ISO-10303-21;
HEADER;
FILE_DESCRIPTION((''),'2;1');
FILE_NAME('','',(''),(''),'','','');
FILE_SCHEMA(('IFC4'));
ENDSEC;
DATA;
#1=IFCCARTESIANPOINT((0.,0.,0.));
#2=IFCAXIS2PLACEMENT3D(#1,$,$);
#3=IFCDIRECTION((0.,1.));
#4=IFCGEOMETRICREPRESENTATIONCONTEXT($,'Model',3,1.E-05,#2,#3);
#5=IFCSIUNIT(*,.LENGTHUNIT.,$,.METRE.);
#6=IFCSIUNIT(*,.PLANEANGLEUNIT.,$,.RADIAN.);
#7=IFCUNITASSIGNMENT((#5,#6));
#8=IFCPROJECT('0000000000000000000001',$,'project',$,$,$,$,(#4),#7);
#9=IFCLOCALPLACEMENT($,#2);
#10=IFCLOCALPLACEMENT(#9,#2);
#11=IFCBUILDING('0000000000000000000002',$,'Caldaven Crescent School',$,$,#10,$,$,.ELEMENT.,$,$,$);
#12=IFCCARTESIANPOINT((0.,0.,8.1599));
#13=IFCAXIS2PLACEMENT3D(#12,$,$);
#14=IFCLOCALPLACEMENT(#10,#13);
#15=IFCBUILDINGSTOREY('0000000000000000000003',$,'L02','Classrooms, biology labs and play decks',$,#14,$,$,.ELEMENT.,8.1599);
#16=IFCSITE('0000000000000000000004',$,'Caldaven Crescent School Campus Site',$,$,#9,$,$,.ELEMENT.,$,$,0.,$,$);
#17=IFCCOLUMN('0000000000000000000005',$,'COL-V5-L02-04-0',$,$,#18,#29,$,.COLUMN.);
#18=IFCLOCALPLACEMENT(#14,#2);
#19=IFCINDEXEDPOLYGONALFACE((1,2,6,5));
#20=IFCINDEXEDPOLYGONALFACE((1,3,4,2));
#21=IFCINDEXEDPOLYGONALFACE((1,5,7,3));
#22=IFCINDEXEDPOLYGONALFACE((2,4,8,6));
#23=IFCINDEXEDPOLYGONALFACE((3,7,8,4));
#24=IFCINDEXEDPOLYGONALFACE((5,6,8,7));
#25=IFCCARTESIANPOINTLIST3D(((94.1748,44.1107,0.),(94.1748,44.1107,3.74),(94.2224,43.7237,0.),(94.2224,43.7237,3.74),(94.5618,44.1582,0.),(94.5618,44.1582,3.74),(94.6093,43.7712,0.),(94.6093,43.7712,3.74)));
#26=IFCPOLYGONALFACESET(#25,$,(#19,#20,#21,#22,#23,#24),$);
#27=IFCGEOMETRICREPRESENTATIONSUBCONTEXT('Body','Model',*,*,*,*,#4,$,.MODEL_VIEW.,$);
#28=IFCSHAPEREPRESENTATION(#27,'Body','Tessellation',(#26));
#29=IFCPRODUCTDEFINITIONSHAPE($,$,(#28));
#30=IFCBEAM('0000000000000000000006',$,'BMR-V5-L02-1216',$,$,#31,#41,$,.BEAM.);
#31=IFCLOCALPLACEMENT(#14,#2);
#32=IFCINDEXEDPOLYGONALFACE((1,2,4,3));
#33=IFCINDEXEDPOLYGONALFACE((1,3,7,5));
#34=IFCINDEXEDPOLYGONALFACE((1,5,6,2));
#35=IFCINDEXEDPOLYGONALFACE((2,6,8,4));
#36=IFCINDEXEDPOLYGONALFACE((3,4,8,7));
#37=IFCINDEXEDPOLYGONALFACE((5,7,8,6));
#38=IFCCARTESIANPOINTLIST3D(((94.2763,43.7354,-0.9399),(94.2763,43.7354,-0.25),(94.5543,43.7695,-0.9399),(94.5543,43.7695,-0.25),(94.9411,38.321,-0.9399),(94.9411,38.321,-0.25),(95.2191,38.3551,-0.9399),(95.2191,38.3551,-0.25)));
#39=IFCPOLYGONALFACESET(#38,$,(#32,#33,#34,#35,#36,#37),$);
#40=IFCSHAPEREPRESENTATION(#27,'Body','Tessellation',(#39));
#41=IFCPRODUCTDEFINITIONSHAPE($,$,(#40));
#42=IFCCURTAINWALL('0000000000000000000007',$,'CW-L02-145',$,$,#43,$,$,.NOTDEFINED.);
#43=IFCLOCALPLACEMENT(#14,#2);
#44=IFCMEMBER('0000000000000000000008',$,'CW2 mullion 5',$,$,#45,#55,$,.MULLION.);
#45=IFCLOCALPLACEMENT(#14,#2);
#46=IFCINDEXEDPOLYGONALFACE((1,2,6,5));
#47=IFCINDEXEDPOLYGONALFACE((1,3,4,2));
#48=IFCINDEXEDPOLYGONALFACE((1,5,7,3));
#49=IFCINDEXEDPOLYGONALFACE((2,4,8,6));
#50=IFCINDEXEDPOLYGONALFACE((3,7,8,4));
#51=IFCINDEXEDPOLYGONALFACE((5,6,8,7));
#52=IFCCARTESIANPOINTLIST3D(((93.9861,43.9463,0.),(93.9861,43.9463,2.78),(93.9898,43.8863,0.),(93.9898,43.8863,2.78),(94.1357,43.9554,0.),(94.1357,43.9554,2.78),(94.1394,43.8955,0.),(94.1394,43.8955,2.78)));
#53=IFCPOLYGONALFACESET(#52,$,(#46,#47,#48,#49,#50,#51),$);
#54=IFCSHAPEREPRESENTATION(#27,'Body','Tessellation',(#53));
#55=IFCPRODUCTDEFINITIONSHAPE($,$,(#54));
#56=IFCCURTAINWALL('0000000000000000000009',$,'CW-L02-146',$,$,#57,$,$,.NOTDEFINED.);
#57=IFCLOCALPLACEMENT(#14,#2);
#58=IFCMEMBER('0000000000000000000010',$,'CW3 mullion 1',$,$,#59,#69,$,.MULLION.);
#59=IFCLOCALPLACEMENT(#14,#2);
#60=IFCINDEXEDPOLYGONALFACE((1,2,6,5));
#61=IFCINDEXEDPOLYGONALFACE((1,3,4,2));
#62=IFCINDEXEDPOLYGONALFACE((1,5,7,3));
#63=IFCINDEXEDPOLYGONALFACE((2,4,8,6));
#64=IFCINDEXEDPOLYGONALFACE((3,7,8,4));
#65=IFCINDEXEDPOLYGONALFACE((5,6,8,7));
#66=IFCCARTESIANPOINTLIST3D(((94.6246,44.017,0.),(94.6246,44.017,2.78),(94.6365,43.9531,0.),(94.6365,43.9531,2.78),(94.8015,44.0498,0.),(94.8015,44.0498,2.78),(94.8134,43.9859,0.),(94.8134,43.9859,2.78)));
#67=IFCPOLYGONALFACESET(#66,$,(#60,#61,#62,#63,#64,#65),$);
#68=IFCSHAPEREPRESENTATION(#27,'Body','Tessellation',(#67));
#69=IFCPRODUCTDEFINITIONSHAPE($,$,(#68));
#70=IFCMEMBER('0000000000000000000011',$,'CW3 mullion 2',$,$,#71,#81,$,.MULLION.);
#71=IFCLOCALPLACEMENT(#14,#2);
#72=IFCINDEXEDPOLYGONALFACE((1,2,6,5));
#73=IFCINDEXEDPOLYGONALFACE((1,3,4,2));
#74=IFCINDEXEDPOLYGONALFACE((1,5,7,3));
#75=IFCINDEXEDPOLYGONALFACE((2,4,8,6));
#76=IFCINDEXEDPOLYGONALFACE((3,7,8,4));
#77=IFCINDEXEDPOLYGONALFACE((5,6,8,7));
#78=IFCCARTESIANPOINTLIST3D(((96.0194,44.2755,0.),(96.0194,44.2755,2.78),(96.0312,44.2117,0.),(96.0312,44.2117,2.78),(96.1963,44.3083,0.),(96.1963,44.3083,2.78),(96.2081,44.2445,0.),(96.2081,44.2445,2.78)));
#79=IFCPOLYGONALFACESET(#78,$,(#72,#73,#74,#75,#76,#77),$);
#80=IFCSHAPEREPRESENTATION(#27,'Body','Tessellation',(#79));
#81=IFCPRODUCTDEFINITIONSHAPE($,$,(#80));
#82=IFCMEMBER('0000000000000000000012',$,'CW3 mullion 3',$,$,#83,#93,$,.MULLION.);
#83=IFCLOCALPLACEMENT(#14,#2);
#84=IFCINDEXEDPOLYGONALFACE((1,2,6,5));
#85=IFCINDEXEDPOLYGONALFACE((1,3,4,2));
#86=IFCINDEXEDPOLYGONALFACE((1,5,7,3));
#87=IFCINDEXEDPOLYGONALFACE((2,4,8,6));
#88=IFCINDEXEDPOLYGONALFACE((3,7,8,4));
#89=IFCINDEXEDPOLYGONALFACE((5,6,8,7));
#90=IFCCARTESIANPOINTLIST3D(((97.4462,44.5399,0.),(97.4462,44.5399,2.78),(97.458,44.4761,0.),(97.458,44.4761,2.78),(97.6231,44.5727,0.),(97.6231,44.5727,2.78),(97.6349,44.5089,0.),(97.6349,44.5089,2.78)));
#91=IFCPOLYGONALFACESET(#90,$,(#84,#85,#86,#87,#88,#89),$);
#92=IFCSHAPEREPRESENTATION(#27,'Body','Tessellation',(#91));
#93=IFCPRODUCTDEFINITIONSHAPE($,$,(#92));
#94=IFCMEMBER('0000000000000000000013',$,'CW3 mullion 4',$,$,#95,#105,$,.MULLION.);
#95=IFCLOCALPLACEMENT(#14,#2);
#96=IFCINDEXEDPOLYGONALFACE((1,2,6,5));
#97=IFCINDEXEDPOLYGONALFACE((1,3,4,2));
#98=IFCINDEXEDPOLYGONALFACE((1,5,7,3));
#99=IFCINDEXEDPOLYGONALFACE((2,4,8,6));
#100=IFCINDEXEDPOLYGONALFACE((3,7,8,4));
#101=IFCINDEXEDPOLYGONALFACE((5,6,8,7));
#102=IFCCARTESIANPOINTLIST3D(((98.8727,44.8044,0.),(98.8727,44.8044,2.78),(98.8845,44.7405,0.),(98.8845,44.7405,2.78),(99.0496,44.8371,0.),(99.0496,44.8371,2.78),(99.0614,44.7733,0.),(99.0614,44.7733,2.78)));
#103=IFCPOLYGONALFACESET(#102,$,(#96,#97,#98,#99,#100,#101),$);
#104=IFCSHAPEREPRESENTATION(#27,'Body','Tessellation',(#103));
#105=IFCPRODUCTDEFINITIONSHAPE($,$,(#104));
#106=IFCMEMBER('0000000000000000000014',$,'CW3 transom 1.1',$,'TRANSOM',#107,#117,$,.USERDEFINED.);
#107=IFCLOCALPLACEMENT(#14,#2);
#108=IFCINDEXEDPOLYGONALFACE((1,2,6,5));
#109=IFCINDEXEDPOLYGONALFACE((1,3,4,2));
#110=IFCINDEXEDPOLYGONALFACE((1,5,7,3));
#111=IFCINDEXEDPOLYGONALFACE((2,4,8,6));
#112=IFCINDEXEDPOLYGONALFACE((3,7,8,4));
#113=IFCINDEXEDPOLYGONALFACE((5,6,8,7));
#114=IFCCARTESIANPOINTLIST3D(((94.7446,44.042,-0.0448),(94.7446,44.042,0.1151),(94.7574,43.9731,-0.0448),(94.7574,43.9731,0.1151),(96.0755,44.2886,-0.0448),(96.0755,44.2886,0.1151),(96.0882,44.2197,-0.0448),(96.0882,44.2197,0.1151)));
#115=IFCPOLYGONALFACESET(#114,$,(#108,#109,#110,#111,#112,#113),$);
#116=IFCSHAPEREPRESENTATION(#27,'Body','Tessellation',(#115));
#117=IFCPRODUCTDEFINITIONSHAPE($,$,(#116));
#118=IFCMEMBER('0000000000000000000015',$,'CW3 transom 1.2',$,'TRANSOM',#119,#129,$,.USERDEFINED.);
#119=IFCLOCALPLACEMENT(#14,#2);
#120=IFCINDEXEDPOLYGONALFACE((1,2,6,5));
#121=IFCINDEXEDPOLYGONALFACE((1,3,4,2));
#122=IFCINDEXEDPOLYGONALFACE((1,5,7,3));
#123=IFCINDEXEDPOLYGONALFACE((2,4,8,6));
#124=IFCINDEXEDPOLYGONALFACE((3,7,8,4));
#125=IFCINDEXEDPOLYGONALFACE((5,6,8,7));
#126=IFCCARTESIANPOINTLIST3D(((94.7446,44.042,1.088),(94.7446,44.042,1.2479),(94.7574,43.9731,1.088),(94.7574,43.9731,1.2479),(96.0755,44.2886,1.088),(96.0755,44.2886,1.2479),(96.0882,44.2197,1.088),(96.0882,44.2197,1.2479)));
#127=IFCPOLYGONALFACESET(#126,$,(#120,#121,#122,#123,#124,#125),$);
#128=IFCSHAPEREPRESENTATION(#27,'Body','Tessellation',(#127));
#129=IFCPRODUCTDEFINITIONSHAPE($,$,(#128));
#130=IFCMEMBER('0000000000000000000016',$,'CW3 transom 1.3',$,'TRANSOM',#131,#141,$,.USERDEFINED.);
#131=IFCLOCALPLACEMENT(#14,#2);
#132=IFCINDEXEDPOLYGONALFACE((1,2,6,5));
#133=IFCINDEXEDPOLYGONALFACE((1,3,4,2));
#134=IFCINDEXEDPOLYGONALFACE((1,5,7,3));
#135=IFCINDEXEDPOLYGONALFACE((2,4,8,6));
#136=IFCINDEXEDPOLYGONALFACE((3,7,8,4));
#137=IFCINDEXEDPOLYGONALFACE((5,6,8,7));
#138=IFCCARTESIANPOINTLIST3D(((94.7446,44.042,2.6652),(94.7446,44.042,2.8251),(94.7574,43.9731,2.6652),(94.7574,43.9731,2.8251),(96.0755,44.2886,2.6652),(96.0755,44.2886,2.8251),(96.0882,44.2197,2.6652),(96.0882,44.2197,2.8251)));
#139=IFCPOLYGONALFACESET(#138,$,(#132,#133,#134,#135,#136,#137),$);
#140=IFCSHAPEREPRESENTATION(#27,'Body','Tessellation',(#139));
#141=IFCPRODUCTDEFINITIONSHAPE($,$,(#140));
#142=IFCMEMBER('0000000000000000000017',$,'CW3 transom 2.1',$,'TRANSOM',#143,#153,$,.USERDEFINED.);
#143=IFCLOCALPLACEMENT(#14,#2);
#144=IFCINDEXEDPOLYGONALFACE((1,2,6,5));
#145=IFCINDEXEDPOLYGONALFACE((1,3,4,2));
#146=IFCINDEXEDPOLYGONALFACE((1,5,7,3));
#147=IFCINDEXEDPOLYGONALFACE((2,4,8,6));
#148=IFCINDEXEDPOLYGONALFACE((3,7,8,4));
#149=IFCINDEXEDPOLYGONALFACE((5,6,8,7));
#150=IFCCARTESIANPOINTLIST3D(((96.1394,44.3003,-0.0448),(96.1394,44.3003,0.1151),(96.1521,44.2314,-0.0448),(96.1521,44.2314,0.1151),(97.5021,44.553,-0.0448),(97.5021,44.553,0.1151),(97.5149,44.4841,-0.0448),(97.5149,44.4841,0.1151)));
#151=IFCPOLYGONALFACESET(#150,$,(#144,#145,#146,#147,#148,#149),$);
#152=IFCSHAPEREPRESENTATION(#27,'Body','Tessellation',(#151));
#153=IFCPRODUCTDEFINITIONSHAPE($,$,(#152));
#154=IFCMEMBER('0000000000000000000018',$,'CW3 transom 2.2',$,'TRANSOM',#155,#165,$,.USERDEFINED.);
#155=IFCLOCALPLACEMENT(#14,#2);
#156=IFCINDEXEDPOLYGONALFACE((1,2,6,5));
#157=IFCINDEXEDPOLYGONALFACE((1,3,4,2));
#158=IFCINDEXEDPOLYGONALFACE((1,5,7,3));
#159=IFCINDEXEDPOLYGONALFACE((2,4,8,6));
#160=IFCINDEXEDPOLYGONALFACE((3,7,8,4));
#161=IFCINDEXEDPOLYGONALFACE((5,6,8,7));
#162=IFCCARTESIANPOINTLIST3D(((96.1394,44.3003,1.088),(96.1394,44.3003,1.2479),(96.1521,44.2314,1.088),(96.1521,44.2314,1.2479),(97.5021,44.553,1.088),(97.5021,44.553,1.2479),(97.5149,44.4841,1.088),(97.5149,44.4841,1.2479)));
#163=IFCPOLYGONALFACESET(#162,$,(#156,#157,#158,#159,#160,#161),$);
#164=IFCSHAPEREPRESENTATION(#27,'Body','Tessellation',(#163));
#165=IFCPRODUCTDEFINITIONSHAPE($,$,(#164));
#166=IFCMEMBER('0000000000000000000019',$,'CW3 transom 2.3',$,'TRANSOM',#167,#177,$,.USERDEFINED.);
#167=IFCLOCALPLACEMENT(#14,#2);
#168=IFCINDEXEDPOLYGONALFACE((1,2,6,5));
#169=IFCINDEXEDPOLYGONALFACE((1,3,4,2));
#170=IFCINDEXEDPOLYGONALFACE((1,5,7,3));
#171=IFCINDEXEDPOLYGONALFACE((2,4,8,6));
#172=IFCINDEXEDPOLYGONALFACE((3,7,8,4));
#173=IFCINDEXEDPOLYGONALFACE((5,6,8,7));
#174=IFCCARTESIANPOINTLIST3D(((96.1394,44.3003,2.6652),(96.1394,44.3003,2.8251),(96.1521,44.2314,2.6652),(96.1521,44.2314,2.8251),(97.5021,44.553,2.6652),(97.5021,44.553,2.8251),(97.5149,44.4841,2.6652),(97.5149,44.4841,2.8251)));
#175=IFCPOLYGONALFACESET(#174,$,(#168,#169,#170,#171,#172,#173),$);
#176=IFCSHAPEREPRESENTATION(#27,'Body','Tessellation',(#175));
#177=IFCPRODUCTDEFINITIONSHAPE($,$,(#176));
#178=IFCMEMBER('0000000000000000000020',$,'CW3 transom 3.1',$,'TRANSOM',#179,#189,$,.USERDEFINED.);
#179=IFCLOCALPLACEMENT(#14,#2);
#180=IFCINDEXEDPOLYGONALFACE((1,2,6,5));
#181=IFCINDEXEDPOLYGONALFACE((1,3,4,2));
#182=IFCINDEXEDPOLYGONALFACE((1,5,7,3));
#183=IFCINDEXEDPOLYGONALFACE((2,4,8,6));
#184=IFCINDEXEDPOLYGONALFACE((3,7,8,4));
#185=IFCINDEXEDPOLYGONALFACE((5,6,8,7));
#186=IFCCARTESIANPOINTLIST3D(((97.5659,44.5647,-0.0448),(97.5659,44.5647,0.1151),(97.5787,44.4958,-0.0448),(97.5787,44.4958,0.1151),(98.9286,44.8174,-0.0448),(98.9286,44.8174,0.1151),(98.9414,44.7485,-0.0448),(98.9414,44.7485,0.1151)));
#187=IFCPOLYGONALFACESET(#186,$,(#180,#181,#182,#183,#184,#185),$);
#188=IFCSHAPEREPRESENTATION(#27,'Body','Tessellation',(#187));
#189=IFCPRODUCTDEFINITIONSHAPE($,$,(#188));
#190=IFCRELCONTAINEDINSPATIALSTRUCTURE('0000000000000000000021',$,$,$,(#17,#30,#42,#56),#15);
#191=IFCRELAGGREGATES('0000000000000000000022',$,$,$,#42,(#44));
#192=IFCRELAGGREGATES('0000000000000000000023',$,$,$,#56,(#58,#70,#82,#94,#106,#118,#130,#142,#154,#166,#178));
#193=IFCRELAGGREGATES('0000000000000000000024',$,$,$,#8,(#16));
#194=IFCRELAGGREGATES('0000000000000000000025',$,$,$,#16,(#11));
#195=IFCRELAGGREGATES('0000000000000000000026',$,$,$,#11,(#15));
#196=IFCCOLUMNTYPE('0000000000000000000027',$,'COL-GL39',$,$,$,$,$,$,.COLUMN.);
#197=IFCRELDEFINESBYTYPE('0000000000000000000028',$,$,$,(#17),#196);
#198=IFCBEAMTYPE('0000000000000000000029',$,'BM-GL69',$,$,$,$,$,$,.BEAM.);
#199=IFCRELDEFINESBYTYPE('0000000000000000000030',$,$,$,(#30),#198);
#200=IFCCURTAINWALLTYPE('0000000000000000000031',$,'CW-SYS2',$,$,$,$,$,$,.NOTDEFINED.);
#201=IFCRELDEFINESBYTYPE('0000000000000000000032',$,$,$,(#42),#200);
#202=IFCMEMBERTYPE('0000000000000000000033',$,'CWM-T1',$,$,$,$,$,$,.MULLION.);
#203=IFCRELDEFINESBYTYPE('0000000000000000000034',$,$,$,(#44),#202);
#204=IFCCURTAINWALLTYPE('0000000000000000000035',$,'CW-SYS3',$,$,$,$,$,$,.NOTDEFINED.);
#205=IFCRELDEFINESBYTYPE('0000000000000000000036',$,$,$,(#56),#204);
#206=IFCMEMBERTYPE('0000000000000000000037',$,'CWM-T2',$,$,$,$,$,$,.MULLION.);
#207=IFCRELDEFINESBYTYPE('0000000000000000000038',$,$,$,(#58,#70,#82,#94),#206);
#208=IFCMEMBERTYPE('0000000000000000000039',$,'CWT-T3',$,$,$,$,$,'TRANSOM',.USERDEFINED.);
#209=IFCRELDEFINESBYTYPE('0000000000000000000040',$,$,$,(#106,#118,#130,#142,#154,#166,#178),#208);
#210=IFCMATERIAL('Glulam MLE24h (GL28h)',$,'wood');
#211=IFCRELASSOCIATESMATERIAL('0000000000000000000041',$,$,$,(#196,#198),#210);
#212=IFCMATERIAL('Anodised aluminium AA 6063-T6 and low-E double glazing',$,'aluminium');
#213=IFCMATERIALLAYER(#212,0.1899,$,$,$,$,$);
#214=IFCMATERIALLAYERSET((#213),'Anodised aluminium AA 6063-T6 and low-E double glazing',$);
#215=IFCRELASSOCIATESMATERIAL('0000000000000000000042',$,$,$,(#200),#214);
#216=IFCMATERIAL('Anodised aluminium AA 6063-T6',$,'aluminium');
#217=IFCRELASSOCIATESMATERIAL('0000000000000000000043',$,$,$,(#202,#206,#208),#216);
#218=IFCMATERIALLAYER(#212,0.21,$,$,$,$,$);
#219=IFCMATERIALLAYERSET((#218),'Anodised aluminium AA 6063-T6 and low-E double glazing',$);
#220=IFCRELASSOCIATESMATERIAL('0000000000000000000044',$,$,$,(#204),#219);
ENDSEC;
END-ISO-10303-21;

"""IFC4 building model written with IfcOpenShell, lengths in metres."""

from ifc_helpers import new_model, si_unit, direction, frame, origin, origin_2d, place, context, subcontext, project, spatial, rectangle, extrude, material, layer, layer_set, material_profile, profile_set, type_object, element, aggregate, save


model = new_model("IFC4")

# Units and contexts
model_context = context("Model", 3, precision=1e-05, world=origin(), true_north=direction((0.0, 1.0)))
body_context = subcontext(model_context, "Body", "Model", "MODEL_VIEW")
ifc_project = project(units=[si_unit("LENGTHUNIT", "METRE"), si_unit("PLANEANGLEUNIT", "RADIAN")], contexts=[model_context])

# Site, building, storey
site_placement = place(None, origin())
site = spatial("IfcSite", under=ifc_project, at=site_placement, Name="Caldaven Crescent School Campus Site", CompositionType="ELEMENT", RefElevation=0.0)
building_placement = place(site_placement, origin())
building = spatial("IfcBuilding", under=site, at=building_placement, Name="Caldaven Crescent School", CompositionType="ELEMENT")
storey_placement = place(building_placement, frame((0.0, 0.0, 8.1599)))
storey = spatial("IfcBuildingStorey", under=building, at=storey_placement, Name="L02", Description="Classrooms, biology labs and play decks", CompositionType="ELEMENT", Elevation=8.1599)

# Column
ifc_material_1 = material(Name="Glulam MLE24h (GL28h)", Category="wood")
ifc_material_profile_1 = material_profile(ifc_material_1, rectangle(XDim=0.3899, YDim=0.3899, at=origin_2d()), Name="MLE 390x390")
ifc_profile_set_1 = profile_set([ifc_material_profile_1], Name="Glulam MLE24h (GL28h)")
column_type = type_object("IfcColumnType", Name="COL-GL39", PredefinedType="COLUMN", material=ifc_profile_set_1)
column_placement = place(storey_placement, frame((94.3921, 43.9409, 0.0), z_axis=(0.0, 0.0, 1.0), x_axis=(0.121869, -0.992546, 0.0)))
element("IfcColumn", 1, at=column_placement, inside=storey, type_object=column_type, Name="COL-V5-L02-04-0", PredefinedType="COLUMN", context=body_context, shape_type="SweptSolid", body=[
    extrude(rectangle(XDim=0.3899, YDim=0.3899, at=origin_2d()), origin(), (0.0, 0.0, 1.0), 3.74),
])

# Beam
ifc_material_profile_2 = material_profile(ifc_material_1, rectangle(XDim=0.28, YDim=0.6899, at=origin_2d()), Name="MLE 280x690")
ifc_profile_set_2 = profile_set([ifc_material_profile_2], Name="Glulam MLE24h (GL28h)")
beam_type_1 = type_object("IfcBeamType", Name="BM-GL69", PredefinedType="BEAM", material=ifc_profile_set_2)
beam_1_placement = place(storey_placement, frame((94.4153, 43.7524, -0.595), z_axis=(0.12187, -0.992546, 0.0), x_axis=(0.992546, 0.12187, 0.0)))
element("IfcBeam", 2, at=beam_1_placement, inside=storey, type_object=beam_type_1, Name="BMR-V5-L02-1216", PredefinedType="BEAM", context=body_context, shape_type="SweptSolid", body=[
    extrude(rectangle(XDim=0.28, YDim=0.6899, at=origin_2d()), origin(), (0.0, 0.0, 1.0), 5.4551),
])

# Curtain wall, member
ifc_material_2 = material(Name="Anodised aluminium AA 6063-T6 and low-E double glazing", Category="aluminium")
ifc_layer_1 = layer(ifc_material_2, 0.1899)
ifc_layer_set_1 = layer_set([ifc_layer_1], Name="Anodised aluminium AA 6063-T6 and low-E double glazing")
curtain_wall_type_1 = type_object("IfcCurtainWallType", Name="CW-SYS2", PredefinedType="NOTDEFINED", material=ifc_layer_set_1)
curtain_wall_1_placement = place(storey_placement, origin())
curtain_wall_1 = element("IfcCurtainWall", 3, at=curtain_wall_1_placement, inside=storey, type_object=curtain_wall_type_1, Name="CW-L02-145", PredefinedType="NOTDEFINED")
ifc_material_3 = material(Name="Anodised aluminium AA 6063-T6", Category="aluminium")
ifc_material_profile_3 = material_profile(ifc_material_3, rectangle(XDim=0.0601, YDim=0.1499, at=origin_2d()), Name="CWM 60x150")
ifc_profile_set_3 = profile_set([ifc_material_profile_3], Name="Anodised aluminium AA 6063-T6")
member_type_1 = type_object("IfcMemberType", Name="CWM-T1", PredefinedType="MULLION", material=ifc_profile_set_3)
member_1_placement = place(storey_placement, frame((94.0627, 43.9209, 0.0), z_axis=(0.0, 0.0, 1.0), x_axis=(-0.061049, 0.998135, 0.0)))
member_1 = element("IfcMember", 4, at=member_1_placement, type_object=member_type_1, Name="CW2 mullion 5", PredefinedType="MULLION", context=body_context, shape_type="SweptSolid", body=[
    extrude(rectangle(XDim=0.0601, YDim=0.1499, at=origin_2d()), origin(), (0.0, 0.0, 1.0), 2.78),
])
aggregate(curtain_wall_1, [member_1])

# Curtain wall, members
ifc_layer_2 = layer(ifc_material_2, 0.21)
ifc_layer_set_2 = layer_set([ifc_layer_2], Name="Anodised aluminium AA 6063-T6 and low-E double glazing")
curtain_wall_type_2 = type_object("IfcCurtainWallType", Name="CW-SYS3", PredefinedType="NOTDEFINED", material=ifc_layer_set_2)
curtain_wall_2_placement = place(storey_placement, origin())
curtain_wall_2 = element("IfcCurtainWall", 5, at=curtain_wall_2_placement, inside=storey, type_object=curtain_wall_type_2, Name="CW-L02-146", PredefinedType="NOTDEFINED")
ifc_material_profile_4 = material_profile(ifc_material_3, rectangle(XDim=0.0649, YDim=0.1799, at=origin_2d()), Name="CWM 65x180")
ifc_profile_set_4 = profile_set([ifc_material_profile_4], Name="Anodised aluminium AA 6063-T6")
member_type_2 = type_object("IfcMemberType", Name="CWM-T2", PredefinedType="MULLION", material=ifc_profile_set_4)
member_2_placement = place(storey_placement, frame((94.719, 44.0015, 0.0), z_axis=(0.0, 0.0, 1.0), x_axis=(-0.182236, 0.983255, 0.0)))
member_2 = element("IfcMember", 6, at=member_2_placement, type_object=member_type_2, Name="CW3 mullion 1", PredefinedType="MULLION", context=body_context, shape_type="SweptSolid", body=[
    extrude(rectangle(XDim=0.0649, YDim=0.1799, at=origin_2d()), origin(), (0.0, 0.0, 1.0), 2.78),
])
member_3_placement = place(storey_placement, frame((96.1138, 44.26, 0.0), z_axis=(0.0, 0.0, 1.0), x_axis=(-0.182236, 0.983255, 0.0)))
member_3 = element("IfcMember", 7, at=member_3_placement, type_object=member_type_2, Name="CW3 mullion 2", PredefinedType="MULLION", context=body_context, shape_type="SweptSolid", body=[
    extrude(rectangle(XDim=0.0649, YDim=0.1799, at=origin_2d()), origin(), (0.0, 0.0, 1.0), 2.78),
])
member_4_placement = place(storey_placement, frame((97.5405, 44.5244, 0.0), z_axis=(0.0, 0.0, 1.0), x_axis=(-0.182236, 0.983255, 0.0)))
member_4 = element("IfcMember", 8, at=member_4_placement, type_object=member_type_2, Name="CW3 mullion 3", PredefinedType="MULLION", context=body_context, shape_type="SweptSolid", body=[
    extrude(rectangle(XDim=0.0649, YDim=0.1799, at=origin_2d()), origin(), (0.0, 0.0, 1.0), 2.78),
])
member_5_placement = place(storey_placement, frame((98.967, 44.7888, 0.0), z_axis=(0.0, 0.0, 1.0), x_axis=(-0.182236, 0.983255, 0.0)))
member_5 = element("IfcMember", 9, at=member_5_placement, type_object=member_type_2, Name="CW3 mullion 4", PredefinedType="MULLION", context=body_context, shape_type="SweptSolid", body=[
    extrude(rectangle(XDim=0.0649, YDim=0.1799, at=origin_2d()), origin(), (0.0, 0.0, 1.0), 2.78),
])
ifc_material_profile_5 = material_profile(ifc_material_3, rectangle(XDim=0.0701, YDim=0.1599, at=origin_2d()), Name="CWT 70x160")
ifc_profile_set_5 = profile_set([ifc_material_profile_5], Name="Anodised aluminium AA 6063-T6")
member_type_3 = type_object("IfcMemberType", Name="CWT-T3", ElementType="TRANSOM", PredefinedType="USERDEFINED", material=ifc_profile_set_5)
member_6_placement = place(storey_placement, frame((94.751, 44.0076, 0.0352), z_axis=(0.983264, 0.182186, 0.0), x_axis=(-0.182186, 0.983264, 0.0)))
member_6 = element("IfcMember", 10, at=member_6_placement, type_object=member_type_3, Name="CW3 transom 1.1", ObjectType="TRANSOM", PredefinedType="USERDEFINED", context=body_context, shape_type="SweptSolid", body=[
    extrude(rectangle(XDim=0.0701, YDim=0.1599, at=origin_2d()), origin(), (0.0, 0.0, 1.0), 1.3535),
])
member_7_placement = place(storey_placement, frame((94.751, 44.0076, 1.168), z_axis=(0.983264, 0.182186, 0.0), x_axis=(-0.182186, 0.983264, 0.0)))
member_7 = element("IfcMember", 11, at=member_7_placement, type_object=member_type_3, Name="CW3 transom 1.2", ObjectType="TRANSOM", PredefinedType="USERDEFINED", context=body_context, shape_type="SweptSolid", body=[
    extrude(rectangle(XDim=0.0701, YDim=0.1599, at=origin_2d()), origin(), (0.0, 0.0, 1.0), 1.3535),
])
member_8_placement = place(storey_placement, frame((94.751, 44.0076, 2.7451), z_axis=(0.983264, 0.182186, 0.0), x_axis=(-0.182186, 0.983264, 0.0)))
member_8 = element("IfcMember", 12, at=member_8_placement, type_object=member_type_3, Name="CW3 transom 1.3", ObjectType="TRANSOM", PredefinedType="USERDEFINED", context=body_context, shape_type="SweptSolid", body=[
    extrude(rectangle(XDim=0.0701, YDim=0.1599, at=origin_2d()), origin(), (0.0, 0.0, 1.0), 1.3535),
])
member_9_placement = place(storey_placement, frame((96.1458, 44.2659, 0.0352), z_axis=(0.983241, 0.18231, 0.0), x_axis=(-0.18231, 0.983241, 0.0)))
member_9 = element("IfcMember", 13, at=member_9_placement, type_object=member_type_3, Name="CW3 transom 2.1", ObjectType="TRANSOM", PredefinedType="USERDEFINED", context=body_context, shape_type="SweptSolid", body=[
    extrude(rectangle(XDim=0.0701, YDim=0.1599, at=origin_2d()), origin(), (0.0, 0.0, 1.0), 1.386),
])
member_10_placement = place(storey_placement, frame((96.1458, 44.2659, 1.168), z_axis=(0.983241, 0.18231, 0.0), x_axis=(-0.18231, 0.983241, 0.0)))
member_10 = element("IfcMember", 14, at=member_10_placement, type_object=member_type_3, Name="CW3 transom 2.2", ObjectType="TRANSOM", PredefinedType="USERDEFINED", context=body_context, shape_type="SweptSolid", body=[
    extrude(rectangle(XDim=0.0701, YDim=0.1599, at=origin_2d()), origin(), (0.0, 0.0, 1.0), 1.386),
])
member_11_placement = place(storey_placement, frame((96.1458, 44.2659, 2.7451), z_axis=(0.983241, 0.18231, 0.0), x_axis=(-0.18231, 0.983241, 0.0)))
member_11 = element("IfcMember", 15, at=member_11_placement, type_object=member_type_3, Name="CW3 transom 2.3", ObjectType="TRANSOM", PredefinedType="USERDEFINED", context=body_context, shape_type="SweptSolid", body=[
    extrude(rectangle(XDim=0.0701, YDim=0.1599, at=origin_2d()), origin(), (0.0, 0.0, 1.0), 1.386),
])
member_12_placement = place(storey_placement, frame((97.5723, 44.5303, 0.0352), z_axis=(0.983241, 0.18231, 0.0), x_axis=(-0.18231, 0.983241, 0.0)))
member_12 = element("IfcMember", 16, at=member_12_placement, type_object=member_type_3, Name="CW3 transom 3.1", ObjectType="TRANSOM", PredefinedType="USERDEFINED", context=body_context, shape_type="SweptSolid", body=[
    extrude(rectangle(XDim=0.0701, YDim=0.1599, at=origin_2d()), origin(), (0.0, 0.0, 1.0), 1.386),
])

aggregate(curtain_wall_2, [member_2, member_3, member_4, member_5, member_6, member_7, member_8, member_9, member_10, member_11, member_12])

save(model, "model.ifc")
